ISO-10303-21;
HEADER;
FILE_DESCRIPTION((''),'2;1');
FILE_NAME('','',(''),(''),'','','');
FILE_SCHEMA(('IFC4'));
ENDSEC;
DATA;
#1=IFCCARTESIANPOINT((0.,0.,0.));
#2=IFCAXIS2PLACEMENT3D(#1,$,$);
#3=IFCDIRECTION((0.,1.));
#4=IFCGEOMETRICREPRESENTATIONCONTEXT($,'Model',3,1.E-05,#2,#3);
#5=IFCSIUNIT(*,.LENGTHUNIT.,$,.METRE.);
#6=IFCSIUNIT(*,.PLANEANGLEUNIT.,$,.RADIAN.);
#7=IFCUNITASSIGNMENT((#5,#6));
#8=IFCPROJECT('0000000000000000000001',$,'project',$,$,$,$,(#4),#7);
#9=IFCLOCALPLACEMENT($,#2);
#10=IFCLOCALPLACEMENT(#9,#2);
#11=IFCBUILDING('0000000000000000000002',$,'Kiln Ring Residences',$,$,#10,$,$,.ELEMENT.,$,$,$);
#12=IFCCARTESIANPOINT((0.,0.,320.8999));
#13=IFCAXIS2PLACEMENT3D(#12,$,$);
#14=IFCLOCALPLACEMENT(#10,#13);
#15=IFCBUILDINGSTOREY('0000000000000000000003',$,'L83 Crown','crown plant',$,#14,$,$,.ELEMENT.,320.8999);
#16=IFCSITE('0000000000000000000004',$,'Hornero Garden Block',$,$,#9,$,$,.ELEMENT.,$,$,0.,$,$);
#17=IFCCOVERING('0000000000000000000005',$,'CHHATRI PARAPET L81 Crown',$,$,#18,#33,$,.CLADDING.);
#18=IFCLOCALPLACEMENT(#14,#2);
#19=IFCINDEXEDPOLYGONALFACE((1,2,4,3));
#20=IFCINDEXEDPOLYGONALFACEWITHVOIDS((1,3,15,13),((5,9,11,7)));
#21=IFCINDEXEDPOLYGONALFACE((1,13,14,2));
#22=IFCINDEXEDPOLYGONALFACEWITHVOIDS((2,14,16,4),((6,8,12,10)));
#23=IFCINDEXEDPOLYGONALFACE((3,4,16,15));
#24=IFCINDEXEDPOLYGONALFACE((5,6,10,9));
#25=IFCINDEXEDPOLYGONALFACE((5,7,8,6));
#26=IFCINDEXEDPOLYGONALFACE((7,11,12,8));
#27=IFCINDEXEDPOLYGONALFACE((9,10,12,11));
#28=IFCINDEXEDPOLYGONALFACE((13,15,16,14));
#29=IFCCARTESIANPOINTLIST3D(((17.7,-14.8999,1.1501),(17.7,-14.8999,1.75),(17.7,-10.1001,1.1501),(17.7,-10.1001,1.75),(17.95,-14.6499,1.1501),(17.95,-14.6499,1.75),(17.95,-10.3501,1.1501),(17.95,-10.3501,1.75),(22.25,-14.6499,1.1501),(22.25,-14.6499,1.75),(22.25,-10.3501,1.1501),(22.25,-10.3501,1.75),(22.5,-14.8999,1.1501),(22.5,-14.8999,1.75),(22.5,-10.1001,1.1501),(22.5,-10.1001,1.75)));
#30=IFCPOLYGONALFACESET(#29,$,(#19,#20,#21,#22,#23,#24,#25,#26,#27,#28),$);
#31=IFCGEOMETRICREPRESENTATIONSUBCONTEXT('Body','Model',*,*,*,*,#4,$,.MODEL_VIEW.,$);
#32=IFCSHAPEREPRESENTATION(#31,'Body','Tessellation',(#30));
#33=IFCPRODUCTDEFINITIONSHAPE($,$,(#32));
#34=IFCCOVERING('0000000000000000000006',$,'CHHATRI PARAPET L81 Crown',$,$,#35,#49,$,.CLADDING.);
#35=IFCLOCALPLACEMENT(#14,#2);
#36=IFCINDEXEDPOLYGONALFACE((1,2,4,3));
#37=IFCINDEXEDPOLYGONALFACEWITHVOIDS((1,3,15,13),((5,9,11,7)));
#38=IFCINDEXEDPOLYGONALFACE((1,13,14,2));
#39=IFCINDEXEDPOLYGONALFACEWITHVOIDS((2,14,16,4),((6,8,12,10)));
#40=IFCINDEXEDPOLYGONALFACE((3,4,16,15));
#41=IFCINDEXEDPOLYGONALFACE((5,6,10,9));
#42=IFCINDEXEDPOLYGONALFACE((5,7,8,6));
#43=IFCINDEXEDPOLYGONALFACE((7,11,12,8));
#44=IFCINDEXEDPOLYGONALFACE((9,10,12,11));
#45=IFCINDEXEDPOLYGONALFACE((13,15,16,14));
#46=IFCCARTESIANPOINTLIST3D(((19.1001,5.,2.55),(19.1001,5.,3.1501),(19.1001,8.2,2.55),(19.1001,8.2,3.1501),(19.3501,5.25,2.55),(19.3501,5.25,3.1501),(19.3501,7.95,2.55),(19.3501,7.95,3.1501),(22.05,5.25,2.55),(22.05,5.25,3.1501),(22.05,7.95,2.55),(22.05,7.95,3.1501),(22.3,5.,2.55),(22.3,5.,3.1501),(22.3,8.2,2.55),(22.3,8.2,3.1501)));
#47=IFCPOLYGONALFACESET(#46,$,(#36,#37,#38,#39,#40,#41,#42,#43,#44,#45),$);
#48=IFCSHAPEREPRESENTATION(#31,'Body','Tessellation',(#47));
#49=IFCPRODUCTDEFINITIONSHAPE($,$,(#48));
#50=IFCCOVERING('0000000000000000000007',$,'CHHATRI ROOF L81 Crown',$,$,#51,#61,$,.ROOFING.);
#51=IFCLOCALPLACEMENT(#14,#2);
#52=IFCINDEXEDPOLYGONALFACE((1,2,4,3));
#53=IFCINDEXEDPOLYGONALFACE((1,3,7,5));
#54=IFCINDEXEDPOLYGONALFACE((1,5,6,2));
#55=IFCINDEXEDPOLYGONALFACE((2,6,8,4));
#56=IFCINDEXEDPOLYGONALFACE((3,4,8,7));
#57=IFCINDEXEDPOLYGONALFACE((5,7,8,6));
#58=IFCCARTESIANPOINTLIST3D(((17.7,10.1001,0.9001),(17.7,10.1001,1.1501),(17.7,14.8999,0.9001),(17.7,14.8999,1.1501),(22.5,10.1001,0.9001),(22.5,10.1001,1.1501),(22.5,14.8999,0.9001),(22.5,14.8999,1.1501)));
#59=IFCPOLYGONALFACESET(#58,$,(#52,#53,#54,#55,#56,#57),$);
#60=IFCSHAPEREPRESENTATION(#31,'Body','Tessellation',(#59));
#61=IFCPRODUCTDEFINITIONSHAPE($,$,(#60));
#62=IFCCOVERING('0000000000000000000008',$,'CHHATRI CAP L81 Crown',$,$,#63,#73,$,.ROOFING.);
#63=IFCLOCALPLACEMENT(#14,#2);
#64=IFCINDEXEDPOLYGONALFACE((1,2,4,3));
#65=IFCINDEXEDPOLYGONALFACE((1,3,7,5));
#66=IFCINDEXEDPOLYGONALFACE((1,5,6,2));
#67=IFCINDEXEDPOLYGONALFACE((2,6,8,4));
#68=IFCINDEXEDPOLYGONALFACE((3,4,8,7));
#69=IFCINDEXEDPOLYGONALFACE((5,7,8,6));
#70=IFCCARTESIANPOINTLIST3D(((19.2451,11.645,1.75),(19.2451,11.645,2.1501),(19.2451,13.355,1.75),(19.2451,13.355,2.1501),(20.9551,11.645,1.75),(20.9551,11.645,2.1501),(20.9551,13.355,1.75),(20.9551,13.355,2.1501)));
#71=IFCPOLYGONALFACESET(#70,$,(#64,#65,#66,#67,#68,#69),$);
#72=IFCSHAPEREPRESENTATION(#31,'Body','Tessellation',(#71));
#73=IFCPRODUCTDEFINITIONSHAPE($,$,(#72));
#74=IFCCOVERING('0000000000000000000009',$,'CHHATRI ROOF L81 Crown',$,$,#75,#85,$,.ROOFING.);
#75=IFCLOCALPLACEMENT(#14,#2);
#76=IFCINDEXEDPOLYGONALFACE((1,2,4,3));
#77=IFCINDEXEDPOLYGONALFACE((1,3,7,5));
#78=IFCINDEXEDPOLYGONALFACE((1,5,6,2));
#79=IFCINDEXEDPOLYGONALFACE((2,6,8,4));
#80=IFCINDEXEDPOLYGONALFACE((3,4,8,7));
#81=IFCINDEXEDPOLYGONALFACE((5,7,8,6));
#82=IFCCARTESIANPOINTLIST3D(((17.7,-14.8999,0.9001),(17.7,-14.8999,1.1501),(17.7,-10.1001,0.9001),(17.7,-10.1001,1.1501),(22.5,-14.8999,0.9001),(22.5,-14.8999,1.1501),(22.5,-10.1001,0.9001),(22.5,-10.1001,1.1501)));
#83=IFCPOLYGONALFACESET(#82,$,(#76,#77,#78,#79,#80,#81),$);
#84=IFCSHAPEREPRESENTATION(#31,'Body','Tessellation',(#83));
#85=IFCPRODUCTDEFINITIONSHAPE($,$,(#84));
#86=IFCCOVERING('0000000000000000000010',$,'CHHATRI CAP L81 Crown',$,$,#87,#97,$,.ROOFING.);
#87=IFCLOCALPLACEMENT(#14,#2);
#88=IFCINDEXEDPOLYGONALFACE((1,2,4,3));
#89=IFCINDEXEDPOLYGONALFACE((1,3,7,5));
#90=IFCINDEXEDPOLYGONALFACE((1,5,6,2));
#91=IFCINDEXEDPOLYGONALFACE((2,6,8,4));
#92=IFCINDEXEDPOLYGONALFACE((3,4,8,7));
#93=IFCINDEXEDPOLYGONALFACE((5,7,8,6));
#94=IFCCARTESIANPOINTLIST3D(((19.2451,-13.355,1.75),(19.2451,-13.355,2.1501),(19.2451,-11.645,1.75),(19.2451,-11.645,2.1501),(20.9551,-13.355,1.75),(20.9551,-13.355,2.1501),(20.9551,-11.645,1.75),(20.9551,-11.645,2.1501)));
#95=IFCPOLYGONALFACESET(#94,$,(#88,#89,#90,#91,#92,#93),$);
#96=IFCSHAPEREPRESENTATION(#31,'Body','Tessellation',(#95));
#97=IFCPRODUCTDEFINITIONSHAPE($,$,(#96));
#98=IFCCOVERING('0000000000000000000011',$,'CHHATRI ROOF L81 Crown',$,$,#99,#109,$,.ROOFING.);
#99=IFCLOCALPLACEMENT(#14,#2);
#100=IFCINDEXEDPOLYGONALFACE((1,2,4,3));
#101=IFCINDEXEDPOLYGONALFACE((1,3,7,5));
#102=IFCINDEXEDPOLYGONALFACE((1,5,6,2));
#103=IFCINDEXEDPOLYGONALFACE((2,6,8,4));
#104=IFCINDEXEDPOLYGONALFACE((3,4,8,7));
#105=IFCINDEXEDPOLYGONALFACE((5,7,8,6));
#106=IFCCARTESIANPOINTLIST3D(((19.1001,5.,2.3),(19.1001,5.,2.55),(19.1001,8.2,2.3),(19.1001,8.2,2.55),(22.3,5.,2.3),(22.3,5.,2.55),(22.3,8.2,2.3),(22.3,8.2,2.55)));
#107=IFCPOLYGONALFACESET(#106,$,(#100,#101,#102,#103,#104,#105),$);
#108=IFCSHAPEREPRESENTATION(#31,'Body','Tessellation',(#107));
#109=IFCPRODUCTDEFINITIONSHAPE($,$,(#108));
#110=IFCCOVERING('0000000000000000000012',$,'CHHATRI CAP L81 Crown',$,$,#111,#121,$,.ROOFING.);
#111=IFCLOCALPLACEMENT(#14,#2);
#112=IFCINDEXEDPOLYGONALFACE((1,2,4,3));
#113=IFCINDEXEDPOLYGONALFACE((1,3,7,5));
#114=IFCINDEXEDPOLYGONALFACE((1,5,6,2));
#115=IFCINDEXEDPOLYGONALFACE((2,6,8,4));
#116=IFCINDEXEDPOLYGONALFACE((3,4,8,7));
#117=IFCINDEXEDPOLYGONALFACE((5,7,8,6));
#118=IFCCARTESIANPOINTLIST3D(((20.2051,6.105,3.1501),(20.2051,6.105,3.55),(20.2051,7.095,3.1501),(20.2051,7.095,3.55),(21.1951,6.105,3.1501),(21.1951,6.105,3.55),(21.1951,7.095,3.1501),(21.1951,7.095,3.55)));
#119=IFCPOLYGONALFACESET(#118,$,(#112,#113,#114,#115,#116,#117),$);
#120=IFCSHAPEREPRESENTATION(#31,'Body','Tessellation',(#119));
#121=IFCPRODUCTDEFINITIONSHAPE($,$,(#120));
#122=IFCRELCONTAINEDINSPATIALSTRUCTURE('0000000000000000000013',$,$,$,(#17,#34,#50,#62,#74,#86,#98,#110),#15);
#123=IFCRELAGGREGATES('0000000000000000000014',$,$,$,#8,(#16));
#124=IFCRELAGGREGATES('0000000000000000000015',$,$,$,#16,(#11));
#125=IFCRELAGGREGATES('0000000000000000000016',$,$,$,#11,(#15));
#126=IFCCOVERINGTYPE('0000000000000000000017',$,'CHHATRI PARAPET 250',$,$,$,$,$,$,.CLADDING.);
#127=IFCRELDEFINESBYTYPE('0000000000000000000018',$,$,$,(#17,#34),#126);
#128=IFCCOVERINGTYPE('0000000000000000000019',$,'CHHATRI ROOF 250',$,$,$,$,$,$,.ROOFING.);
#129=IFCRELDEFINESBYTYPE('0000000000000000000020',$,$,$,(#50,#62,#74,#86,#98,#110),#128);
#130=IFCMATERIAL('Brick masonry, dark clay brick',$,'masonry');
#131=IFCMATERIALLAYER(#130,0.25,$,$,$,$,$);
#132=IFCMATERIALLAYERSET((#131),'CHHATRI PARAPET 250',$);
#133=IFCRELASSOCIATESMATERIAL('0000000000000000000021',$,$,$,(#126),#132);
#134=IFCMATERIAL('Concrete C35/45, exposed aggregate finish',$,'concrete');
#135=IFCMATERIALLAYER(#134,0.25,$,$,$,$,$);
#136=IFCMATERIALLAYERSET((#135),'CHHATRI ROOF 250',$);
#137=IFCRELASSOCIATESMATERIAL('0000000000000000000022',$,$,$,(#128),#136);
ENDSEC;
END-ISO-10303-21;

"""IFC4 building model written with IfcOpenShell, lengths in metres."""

from ifc_helpers import new_model, si_unit, direction, frame, origin, place, context, subcontext, project, spatial, polyline, outline, extrude, material, layer, layer_set, type_object, element, save


model = new_model("IFC4")

# Units and contexts
model_context = context("Model", 3, precision=1e-05, world=origin(), true_north=direction((0.0, 1.0)))
body_context = subcontext(model_context, "Body", "Model", "MODEL_VIEW")
ifc_project = project(units=[si_unit("LENGTHUNIT", "METRE"), si_unit("PLANEANGLEUNIT", "RADIAN")], contexts=[model_context])

# Site, building, storey
site_placement = place(None, origin())
site = spatial("IfcSite", under=ifc_project, at=site_placement, Name="Hornero Garden Block", CompositionType="ELEMENT", RefElevation=0.0)
building_placement = place(site_placement, origin())
building = spatial("IfcBuilding", under=site, at=building_placement, Name="Kiln Ring Residences", CompositionType="ELEMENT")
storey_placement = place(building_placement, frame((0.0, 0.0, 320.8999)))
storey = spatial("IfcBuildingStorey", under=building, at=storey_placement, Name="L83 Crown", Description="crown plant", CompositionType="ELEMENT", Elevation=320.8999)

# Coverings
ifc_material_1 = material(Name="Brick masonry, dark clay brick", Category="masonry")
ifc_layer_1 = layer(ifc_material_1, 0.25)
ifc_layer_set_1 = layer_set([ifc_layer_1], Name="CHHATRI PARAPET 250")
covering_type_1 = type_object("IfcCoveringType", Name="CHHATRI PARAPET 250", PredefinedType="CLADDING", material=ifc_layer_set_1)
placement_1 = place(storey_placement, frame((0.0, 0.0, 1.1501)))
element("IfcCovering", 1, at=placement_1, inside=storey, type_object=covering_type_1, Name="CHHATRI PARAPET L81 Crown", PredefinedType="CLADDING", context=body_context, shape_type="SweptSolid", body=[
    extrude(outline(polyline([(17.7, -14.8999), (22.5, -14.8999), (22.5, -10.1001), (17.7, -10.1001), (17.7, -14.8999)]), holes=[polyline([(22.25, -10.3501), (22.25, -14.6499), (17.95, -14.6499), (17.95, -10.3501), (22.25, -10.3501)])]), origin(), (0.0, 0.0, 1.0), 0.5999),
])
covering_1_placement = place(storey_placement, frame((0.0, 0.0, 2.55)))
element("IfcCovering", 2, at=covering_1_placement, inside=storey, type_object=covering_type_1, Name="CHHATRI PARAPET L81 Crown", PredefinedType="CLADDING", context=body_context, shape_type="SweptSolid", body=[
    extrude(outline(polyline([(19.1001, 5.0), (22.3, 5.0), (22.3, 8.2), (19.1001, 8.2), (19.1001, 5.0)]), holes=[polyline([(22.05, 7.95), (22.05, 5.25), (19.3501, 5.25), (19.3501, 7.95), (22.05, 7.95)])]), origin(), (0.0, 0.0, 1.0), 0.6001),
])
ifc_material_2 = material(Name="Concrete C35/45, exposed aggregate finish", Category="concrete")
ifc_layer_2 = layer(ifc_material_2, 0.25)
ifc_layer_set_2 = layer_set([ifc_layer_2], Name="CHHATRI ROOF 250")
covering_type_2 = type_object("IfcCoveringType", Name="CHHATRI ROOF 250", PredefinedType="ROOFING", material=ifc_layer_set_2)
placement_2 = place(storey_placement, frame((0.0, 0.0, 0.9001)))
element("IfcCovering", 3, at=placement_2, inside=storey, type_object=covering_type_2, Name="CHHATRI ROOF L81 Crown", PredefinedType="ROOFING", context=body_context, shape_type="SweptSolid", body=[
    extrude(outline(polyline([(22.5, 10.1001), (22.5, 14.8999), (17.7, 14.8999), (17.7, 10.1001), (22.5, 10.1001)])), origin(), (0.0, 0.0, 1.0), 0.25),
])
placement_3 = place(storey_placement, frame((0.0, 0.0, 1.75)))
element("IfcCovering", 4, at=placement_3, inside=storey, type_object=covering_type_2, Name="CHHATRI CAP L81 Crown", PredefinedType="ROOFING", context=body_context, shape_type="SweptSolid", body=[
    extrude(outline(polyline([(20.9551, 11.645), (20.9551, 13.355), (19.2451, 13.355), (19.2451, 11.645), (20.9551, 11.645)])), origin(), (0.0, 0.0, 1.0), 0.4001),
])
element("IfcCovering", 5, at=placement_2, inside=storey, type_object=covering_type_2, Name="CHHATRI ROOF L81 Crown", PredefinedType="ROOFING", context=body_context, shape_type="SweptSolid", body=[
    extrude(outline(polyline([(22.5, -14.8999), (22.5, -10.1001), (17.7, -10.1001), (17.7, -14.8999), (22.5, -14.8999)])), origin(), (0.0, 0.0, 1.0), 0.25),
])
element("IfcCovering", 6, at=placement_3, inside=storey, type_object=covering_type_2, Name="CHHATRI CAP L81 Crown", PredefinedType="ROOFING", context=body_context, shape_type="SweptSolid", body=[
    extrude(outline(polyline([(20.9551, -13.355), (20.9551, -11.645), (19.2451, -11.645), (19.2451, -13.355), (20.9551, -13.355)])), origin(), (0.0, 0.0, 1.0), 0.4001),
])
covering_2_placement = place(storey_placement, frame((0.0, 0.0, 2.3)))
element("IfcCovering", 7, at=covering_2_placement, inside=storey, type_object=covering_type_2, Name="CHHATRI ROOF L81 Crown", PredefinedType="ROOFING", context=body_context, shape_type="SweptSolid", body=[
    extrude(outline(polyline([(22.3, 5.0), (22.3, 8.2), (19.1001, 8.2), (19.1001, 5.0), (22.3, 5.0)])), origin(), (0.0, 0.0, 1.0), 0.25),
])
covering_3_placement = place(storey_placement, frame((0.0, 0.0, 3.1501)))
element("IfcCovering", 8, at=covering_3_placement, inside=storey, type_object=covering_type_2, Name="CHHATRI CAP L81 Crown", PredefinedType="ROOFING", context=body_context, shape_type="SweptSolid", body=[
    extrude(outline(polyline([(21.1951, 6.105), (21.1951, 7.095), (20.2051, 7.095), (20.2051, 6.105), (21.1951, 6.105)])), origin(), (0.0, 0.0, 1.0), 0.3999),
])

save(model, "model.ifc")
